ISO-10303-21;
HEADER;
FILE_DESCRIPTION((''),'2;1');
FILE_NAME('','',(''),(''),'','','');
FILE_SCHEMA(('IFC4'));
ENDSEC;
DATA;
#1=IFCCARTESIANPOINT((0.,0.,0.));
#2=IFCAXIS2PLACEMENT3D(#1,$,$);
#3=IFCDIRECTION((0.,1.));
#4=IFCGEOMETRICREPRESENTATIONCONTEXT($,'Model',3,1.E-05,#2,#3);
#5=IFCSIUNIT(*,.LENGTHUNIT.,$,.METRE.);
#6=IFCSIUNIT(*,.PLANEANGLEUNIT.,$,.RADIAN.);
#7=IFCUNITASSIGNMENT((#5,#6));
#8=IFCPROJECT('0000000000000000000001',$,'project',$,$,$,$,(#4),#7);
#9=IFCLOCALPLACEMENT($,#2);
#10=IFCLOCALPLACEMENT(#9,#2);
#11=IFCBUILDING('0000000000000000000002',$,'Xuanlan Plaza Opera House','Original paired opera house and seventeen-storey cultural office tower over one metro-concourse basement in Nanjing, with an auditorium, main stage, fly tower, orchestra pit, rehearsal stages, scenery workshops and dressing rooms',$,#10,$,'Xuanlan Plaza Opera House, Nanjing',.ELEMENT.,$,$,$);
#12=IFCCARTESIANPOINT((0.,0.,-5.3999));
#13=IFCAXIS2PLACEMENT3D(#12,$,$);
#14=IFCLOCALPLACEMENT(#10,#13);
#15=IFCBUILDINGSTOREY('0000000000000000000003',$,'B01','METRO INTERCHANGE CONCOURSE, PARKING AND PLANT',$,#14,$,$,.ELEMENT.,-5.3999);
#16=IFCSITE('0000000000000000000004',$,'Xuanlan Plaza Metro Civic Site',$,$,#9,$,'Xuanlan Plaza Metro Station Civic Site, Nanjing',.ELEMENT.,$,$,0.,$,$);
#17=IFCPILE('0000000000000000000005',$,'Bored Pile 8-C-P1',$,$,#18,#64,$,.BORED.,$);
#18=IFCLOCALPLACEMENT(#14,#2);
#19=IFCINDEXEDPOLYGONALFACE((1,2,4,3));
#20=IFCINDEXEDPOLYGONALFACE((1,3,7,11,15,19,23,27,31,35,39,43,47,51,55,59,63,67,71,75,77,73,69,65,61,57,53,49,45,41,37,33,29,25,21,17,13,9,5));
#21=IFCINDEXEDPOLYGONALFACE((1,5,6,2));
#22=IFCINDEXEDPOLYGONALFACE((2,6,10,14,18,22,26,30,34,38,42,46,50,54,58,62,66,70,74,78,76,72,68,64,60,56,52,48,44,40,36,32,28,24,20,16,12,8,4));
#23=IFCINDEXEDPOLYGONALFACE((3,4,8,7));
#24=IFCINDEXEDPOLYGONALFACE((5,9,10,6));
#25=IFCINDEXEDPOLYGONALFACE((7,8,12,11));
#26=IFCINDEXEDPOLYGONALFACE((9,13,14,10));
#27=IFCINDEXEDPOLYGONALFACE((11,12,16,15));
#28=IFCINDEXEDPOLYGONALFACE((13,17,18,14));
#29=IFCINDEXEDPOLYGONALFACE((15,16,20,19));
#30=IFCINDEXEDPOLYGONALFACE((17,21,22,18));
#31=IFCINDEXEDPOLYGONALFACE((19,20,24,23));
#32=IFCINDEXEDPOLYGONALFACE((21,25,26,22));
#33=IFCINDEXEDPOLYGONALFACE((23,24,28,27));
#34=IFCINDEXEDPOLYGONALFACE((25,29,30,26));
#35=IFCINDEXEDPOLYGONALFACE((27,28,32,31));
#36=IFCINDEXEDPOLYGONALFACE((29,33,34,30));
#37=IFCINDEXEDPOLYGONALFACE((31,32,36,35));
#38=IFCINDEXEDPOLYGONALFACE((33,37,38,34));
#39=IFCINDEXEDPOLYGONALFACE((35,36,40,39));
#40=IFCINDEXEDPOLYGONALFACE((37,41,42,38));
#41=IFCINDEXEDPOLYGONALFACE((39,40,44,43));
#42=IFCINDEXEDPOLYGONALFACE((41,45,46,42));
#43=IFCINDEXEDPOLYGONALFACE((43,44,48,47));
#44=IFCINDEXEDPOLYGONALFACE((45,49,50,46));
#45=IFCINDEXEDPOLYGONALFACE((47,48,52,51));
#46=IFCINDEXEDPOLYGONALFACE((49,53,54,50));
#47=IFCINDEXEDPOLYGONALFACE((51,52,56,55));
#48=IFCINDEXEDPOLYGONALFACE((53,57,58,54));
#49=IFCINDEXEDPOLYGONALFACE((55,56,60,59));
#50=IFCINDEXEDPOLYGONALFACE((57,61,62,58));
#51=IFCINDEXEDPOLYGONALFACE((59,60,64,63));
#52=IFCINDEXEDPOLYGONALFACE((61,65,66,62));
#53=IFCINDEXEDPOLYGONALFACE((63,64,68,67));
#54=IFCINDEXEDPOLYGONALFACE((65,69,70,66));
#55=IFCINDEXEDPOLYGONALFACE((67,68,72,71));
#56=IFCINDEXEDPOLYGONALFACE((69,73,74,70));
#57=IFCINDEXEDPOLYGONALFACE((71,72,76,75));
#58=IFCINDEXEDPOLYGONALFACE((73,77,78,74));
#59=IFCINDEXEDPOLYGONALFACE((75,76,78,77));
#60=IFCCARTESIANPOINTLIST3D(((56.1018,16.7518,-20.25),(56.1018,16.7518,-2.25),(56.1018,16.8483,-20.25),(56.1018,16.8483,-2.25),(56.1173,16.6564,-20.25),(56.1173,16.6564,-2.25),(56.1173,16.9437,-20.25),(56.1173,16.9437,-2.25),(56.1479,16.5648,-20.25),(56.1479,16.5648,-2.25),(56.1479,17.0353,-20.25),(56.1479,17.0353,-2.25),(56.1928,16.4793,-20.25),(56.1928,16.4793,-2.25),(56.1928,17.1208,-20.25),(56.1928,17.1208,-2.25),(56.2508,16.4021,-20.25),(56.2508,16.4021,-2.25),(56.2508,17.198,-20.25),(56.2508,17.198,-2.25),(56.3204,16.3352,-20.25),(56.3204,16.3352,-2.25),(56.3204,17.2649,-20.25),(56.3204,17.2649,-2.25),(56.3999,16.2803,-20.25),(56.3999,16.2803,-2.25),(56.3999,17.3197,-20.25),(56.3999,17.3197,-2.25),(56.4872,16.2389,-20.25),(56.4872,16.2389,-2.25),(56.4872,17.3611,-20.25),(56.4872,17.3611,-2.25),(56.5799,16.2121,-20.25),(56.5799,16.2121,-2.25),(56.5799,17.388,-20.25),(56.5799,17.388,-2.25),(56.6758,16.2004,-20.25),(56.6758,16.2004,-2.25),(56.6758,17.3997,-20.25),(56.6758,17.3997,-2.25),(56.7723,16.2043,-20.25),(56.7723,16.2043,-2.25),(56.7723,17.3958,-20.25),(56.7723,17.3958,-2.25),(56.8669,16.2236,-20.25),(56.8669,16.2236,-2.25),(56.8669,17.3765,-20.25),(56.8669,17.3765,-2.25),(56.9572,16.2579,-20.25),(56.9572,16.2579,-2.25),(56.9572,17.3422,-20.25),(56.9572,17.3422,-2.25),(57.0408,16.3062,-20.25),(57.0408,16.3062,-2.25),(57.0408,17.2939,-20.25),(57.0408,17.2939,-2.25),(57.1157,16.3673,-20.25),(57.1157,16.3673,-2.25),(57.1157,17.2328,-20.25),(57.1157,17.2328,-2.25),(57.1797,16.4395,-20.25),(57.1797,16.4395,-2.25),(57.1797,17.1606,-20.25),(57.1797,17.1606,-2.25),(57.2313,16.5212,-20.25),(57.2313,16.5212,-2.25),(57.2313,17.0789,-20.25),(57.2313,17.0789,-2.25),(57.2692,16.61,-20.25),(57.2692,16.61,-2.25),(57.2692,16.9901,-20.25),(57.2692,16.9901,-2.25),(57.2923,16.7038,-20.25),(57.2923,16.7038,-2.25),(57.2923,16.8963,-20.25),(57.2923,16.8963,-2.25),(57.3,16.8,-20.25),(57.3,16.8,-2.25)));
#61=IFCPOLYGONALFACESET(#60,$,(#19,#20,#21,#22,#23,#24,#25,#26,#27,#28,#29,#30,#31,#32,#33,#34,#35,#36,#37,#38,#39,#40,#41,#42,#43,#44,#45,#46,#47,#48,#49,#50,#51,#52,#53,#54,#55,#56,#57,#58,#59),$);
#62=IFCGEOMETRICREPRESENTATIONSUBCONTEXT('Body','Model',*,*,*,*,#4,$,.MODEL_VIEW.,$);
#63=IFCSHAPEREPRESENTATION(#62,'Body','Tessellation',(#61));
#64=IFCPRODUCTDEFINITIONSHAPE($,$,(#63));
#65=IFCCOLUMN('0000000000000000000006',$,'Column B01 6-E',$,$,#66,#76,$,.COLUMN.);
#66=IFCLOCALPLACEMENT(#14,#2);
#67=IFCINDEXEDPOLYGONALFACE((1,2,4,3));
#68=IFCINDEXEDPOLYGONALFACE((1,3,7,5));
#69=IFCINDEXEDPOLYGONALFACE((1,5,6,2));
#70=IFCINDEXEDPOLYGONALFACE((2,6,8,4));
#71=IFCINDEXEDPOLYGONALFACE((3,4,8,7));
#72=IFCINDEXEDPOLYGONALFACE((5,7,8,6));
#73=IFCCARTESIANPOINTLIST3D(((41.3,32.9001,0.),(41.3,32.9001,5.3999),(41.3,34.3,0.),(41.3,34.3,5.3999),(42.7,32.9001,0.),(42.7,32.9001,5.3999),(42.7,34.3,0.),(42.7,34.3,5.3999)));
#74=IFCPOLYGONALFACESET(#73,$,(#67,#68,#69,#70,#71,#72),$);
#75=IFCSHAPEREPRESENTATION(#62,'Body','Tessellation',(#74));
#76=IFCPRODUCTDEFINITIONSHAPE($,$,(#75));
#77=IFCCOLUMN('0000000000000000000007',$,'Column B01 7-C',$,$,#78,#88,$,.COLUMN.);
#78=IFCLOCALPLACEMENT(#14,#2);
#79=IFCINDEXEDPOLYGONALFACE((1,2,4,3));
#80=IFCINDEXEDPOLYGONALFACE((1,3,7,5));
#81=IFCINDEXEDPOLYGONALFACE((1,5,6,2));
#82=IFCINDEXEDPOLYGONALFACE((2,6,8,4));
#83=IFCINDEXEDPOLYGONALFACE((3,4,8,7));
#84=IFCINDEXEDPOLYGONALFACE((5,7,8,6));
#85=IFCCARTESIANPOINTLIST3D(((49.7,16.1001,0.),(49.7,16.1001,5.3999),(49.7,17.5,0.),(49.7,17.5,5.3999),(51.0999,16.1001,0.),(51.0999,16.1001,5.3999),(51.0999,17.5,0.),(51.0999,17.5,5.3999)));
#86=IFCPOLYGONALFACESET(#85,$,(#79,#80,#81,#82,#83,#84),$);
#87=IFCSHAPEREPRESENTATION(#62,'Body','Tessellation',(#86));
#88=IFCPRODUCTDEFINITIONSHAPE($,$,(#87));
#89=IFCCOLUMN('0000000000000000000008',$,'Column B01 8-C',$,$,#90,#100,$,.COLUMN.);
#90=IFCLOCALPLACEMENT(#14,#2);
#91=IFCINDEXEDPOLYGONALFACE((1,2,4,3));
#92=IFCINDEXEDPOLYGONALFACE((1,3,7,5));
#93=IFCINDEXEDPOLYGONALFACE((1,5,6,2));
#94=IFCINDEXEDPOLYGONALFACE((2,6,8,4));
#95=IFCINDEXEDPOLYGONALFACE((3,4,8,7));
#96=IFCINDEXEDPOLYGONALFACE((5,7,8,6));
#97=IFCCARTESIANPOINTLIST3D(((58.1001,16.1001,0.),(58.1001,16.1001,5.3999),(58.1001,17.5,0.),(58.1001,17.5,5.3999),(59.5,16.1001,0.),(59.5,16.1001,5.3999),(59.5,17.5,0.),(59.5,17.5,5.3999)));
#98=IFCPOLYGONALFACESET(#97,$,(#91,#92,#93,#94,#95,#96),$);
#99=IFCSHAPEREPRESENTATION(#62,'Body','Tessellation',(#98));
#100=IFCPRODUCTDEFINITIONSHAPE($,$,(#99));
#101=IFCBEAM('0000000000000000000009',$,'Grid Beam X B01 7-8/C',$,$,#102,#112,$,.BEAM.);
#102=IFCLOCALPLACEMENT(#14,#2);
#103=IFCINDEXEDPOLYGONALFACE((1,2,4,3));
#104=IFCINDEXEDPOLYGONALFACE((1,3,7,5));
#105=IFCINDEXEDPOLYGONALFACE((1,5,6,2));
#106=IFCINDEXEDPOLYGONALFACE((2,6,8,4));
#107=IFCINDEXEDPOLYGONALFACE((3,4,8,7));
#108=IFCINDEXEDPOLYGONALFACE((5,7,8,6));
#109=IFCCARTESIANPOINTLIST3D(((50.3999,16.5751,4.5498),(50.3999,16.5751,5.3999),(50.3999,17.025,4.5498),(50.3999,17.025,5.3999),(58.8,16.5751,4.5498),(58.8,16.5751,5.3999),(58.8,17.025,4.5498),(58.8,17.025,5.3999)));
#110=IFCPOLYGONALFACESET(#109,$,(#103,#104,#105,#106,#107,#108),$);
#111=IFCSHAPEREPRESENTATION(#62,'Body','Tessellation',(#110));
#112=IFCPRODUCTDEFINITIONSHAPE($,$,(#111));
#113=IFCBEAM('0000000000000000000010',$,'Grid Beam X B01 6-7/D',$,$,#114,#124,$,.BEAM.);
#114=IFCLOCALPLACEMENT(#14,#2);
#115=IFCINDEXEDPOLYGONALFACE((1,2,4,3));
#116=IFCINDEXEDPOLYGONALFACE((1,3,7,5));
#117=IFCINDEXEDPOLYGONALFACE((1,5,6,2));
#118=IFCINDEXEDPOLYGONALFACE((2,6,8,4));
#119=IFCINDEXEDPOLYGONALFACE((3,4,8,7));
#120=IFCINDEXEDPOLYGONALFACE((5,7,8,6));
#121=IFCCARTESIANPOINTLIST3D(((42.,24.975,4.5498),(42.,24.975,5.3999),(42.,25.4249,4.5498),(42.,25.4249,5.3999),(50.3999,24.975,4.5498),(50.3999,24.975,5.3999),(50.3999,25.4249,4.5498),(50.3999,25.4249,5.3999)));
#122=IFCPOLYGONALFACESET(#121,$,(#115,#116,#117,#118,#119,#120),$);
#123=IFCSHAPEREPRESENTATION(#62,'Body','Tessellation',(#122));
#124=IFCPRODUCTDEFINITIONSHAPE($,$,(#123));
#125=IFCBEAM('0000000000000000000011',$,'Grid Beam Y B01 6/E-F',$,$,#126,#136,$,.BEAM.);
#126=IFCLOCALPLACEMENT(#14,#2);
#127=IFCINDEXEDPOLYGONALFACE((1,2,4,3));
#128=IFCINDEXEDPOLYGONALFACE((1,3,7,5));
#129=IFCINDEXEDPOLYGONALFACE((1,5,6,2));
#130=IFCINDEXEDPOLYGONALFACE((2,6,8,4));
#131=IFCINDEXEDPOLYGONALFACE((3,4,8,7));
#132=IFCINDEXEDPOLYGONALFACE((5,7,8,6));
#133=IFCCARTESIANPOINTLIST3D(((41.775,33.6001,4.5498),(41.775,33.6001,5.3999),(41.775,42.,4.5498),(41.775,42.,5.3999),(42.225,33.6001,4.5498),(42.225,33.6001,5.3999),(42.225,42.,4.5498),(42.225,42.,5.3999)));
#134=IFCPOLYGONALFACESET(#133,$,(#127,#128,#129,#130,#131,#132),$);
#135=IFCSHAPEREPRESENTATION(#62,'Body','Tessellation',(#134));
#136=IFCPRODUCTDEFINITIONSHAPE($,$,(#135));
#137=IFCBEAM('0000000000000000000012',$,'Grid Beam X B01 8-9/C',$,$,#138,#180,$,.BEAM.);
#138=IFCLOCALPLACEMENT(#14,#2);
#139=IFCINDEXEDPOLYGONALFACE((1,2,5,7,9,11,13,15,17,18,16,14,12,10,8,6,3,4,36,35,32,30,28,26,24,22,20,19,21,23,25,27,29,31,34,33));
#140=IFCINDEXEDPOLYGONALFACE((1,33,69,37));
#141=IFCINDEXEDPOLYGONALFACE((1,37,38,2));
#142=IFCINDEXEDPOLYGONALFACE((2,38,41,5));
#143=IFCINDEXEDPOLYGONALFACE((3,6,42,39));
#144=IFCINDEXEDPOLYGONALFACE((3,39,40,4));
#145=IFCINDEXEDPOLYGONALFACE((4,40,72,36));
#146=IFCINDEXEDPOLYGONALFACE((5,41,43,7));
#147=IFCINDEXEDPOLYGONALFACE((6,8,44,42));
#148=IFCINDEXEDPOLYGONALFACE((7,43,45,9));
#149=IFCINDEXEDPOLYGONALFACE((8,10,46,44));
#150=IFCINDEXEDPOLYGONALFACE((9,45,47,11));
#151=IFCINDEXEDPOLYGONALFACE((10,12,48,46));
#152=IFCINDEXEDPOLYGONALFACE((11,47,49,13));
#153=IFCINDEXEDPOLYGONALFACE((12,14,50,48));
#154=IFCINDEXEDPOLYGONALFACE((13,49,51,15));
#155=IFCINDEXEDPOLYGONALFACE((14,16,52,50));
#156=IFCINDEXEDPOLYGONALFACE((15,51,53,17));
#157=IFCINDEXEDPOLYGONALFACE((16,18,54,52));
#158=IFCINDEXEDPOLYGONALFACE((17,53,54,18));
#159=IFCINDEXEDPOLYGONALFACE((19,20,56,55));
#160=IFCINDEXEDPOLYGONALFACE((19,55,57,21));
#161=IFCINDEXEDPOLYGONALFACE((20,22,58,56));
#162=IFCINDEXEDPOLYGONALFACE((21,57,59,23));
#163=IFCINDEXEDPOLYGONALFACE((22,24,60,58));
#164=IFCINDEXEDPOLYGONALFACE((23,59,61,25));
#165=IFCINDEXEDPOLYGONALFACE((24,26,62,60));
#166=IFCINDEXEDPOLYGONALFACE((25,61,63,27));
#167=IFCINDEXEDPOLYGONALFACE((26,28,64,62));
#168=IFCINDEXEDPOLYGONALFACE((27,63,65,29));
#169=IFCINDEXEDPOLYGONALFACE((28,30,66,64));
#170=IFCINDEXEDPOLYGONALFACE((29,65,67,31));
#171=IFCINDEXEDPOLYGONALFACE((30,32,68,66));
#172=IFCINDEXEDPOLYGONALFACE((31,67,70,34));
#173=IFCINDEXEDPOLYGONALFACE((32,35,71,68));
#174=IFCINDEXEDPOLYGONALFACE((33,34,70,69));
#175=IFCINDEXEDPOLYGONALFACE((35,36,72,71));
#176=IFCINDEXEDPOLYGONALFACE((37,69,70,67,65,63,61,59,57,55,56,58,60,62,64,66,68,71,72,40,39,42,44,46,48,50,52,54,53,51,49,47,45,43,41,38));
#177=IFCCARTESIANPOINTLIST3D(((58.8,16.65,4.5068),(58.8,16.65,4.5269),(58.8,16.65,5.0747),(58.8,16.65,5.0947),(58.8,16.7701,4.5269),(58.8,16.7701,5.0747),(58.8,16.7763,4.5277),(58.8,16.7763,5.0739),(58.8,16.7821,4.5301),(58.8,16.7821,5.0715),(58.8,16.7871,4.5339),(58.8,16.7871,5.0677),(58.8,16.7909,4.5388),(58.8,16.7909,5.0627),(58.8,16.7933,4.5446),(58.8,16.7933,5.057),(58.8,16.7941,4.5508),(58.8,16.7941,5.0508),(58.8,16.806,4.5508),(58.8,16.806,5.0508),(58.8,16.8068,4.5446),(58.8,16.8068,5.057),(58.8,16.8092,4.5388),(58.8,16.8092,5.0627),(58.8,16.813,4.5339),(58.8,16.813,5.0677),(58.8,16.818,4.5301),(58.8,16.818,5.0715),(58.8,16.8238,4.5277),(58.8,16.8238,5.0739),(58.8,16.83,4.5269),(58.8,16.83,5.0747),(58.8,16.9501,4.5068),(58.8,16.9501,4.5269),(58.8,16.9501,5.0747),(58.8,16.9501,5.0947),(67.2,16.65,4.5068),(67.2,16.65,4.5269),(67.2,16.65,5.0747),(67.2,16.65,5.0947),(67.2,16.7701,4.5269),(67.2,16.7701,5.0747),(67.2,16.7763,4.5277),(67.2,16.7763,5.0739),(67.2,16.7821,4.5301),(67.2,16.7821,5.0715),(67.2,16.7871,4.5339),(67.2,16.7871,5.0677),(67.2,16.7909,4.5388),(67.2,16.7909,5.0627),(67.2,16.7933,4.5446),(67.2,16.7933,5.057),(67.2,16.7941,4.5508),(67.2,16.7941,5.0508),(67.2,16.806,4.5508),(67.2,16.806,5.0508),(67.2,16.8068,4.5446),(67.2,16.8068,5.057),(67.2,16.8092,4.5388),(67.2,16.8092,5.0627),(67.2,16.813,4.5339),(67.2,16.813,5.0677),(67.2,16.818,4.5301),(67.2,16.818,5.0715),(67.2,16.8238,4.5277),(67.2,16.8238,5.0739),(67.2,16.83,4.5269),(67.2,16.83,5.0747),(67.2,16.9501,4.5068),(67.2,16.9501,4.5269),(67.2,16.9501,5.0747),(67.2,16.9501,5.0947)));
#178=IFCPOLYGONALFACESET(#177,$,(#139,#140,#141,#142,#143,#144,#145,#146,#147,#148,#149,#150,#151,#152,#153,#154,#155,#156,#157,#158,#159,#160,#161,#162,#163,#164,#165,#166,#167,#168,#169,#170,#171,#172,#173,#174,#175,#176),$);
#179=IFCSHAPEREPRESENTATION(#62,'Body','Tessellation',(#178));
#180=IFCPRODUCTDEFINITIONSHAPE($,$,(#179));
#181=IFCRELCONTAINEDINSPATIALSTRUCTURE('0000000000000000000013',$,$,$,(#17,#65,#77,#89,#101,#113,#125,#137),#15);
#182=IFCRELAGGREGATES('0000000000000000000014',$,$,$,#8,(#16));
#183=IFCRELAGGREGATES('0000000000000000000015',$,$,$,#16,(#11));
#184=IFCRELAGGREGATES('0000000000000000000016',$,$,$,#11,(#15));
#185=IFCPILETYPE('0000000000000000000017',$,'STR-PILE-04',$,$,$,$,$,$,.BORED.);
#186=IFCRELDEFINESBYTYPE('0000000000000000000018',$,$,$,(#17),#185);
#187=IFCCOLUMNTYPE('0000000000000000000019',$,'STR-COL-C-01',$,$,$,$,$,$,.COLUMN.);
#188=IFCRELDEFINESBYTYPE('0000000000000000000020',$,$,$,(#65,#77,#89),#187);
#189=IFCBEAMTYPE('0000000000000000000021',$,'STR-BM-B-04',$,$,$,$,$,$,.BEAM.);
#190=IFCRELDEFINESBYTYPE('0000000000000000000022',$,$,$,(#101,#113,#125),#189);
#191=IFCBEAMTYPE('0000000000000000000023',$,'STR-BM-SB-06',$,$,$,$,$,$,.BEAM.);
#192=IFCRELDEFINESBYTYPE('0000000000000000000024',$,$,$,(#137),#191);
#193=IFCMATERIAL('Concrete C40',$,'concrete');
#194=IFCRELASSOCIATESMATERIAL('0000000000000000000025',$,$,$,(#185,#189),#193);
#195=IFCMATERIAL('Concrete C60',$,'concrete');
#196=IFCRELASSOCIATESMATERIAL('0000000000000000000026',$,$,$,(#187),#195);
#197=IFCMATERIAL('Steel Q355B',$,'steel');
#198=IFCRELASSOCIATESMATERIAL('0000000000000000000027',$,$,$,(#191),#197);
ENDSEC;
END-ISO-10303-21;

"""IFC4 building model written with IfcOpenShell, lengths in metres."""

from ifc_helpers import new_model, si_unit, direction, frame, origin, origin_2d, place, context, subcontext, project, spatial, rectangle, circle, i_section, extrude, material, material_profile, profile_set, type_object, element, save


model = new_model("IFC4")

# Units and contexts
model_context = context("Model", 3, precision=1e-05, world=origin(), true_north=direction((0.0, 1.0)))
body_context = subcontext(model_context, "Body", "Model", "MODEL_VIEW")
ifc_project = project(units=[si_unit("LENGTHUNIT", "METRE"), si_unit("PLANEANGLEUNIT", "RADIAN")], contexts=[model_context])

# Site, building, storey
site_placement = place(None, origin())
site = spatial("IfcSite", under=ifc_project, at=site_placement, Name="Xuanlan Plaza Metro Civic Site", LongName="Xuanlan Plaza Metro Station Civic Site, Nanjing", CompositionType="ELEMENT", RefElevation=0.0)
building_placement = place(site_placement, origin())
building = spatial("IfcBuilding", under=site, at=building_placement, Name="Xuanlan Plaza Opera House", Description="Original paired opera house and seventeen-storey cultural office tower over one metro-concourse basement in Nanjing, with an auditorium, main stage, fly tower, orchestra pit, rehearsal stages, scenery workshops and dressing rooms", LongName="Xuanlan Plaza Opera House, Nanjing", CompositionType="ELEMENT")
storey_placement = place(building_placement, frame((0.0, 0.0, -5.3999)))
storey = spatial("IfcBuildingStorey", under=building, at=storey_placement, Name="B01", Description="METRO INTERCHANGE CONCOURSE, PARKING AND PLANT", CompositionType="ELEMENT", Elevation=-5.3999)

# Pile
ifc_material_1 = material(Name="Concrete C40", Category="concrete")
ifc_material_profile_1 = material_profile(ifc_material_1, circle(Radius=0.6001, at=origin_2d()), Name="PILE D1200")
ifc_profile_set_1 = profile_set([ifc_material_profile_1], Name="Concrete C40")
pile_type = type_object("IfcPileType", Name="STR-PILE-04", PredefinedType="BORED", material=ifc_profile_set_1)
for number, where, z_axis, x_axis, name in (
    (1, (56.7, 16.8, -2.25), (0.0, 0.0, -1.0), (1.0, 0.0, 0.0), "Bored Pile 8-C-P1"),
):
    element("IfcPile", number, at=place(storey_placement, frame(where, z_axis=z_axis, x_axis=x_axis)), inside=storey, type_object=pile_type, Name=name, PredefinedType="BORED", context=body_context, shape_type="SweptSolid", body=[
        extrude(circle(Radius=0.6001, at=origin_2d()), origin(), (0.0, 0.0, 1.0), 18.0),
    ])

# Columns
ifc_material_2 = material(Name="Concrete C60", Category="concrete")
ifc_material_profile_2 = material_profile(ifc_material_2, rectangle(XDim=1.3999, YDim=1.3999, at=origin_2d()), Name="RC-COL 1400x1400")
ifc_profile_set_2 = profile_set([ifc_material_profile_2], Name="Concrete C60")
column_type = type_object("IfcColumnType", Name="STR-COL-C-01", PredefinedType="COLUMN", material=ifc_profile_set_2)
for number, where, z_axis, x_axis, name in (
    (2, (42.0, 33.6001, 0.0), (0.0, 0.0, 1.0), (1.0, 0.0, 0.0), "Column B01 6-E"),
    (3, (50.3999, 16.8, 0.0), (0.0, 0.0, 1.0), (1.0, 0.0, 0.0), "Column B01 7-C"),
    (4, (58.8, 16.8, 0.0), (0.0, 0.0, 1.0), (1.0, 0.0, 0.0), "Column B01 8-C"),
):
    element("IfcColumn", number, at=place(storey_placement, frame(where, z_axis=z_axis, x_axis=x_axis)), inside=storey, type_object=column_type, Name=name, PredefinedType="COLUMN", context=body_context, shape_type="SweptSolid", body=[
        extrude(rectangle(XDim=1.3999, YDim=1.3999, at=origin_2d()), origin(), (0.0, 0.0, 1.0), 5.3999),
    ])

# Beams
ifc_material_profile_3 = material_profile(ifc_material_1, rectangle(XDim=0.45, YDim=0.8501, at=origin_2d()), Name="RC-BM 450x850")
ifc_profile_set_3 = profile_set([ifc_material_profile_3], Name="Concrete C40")
beam_type_1 = type_object("IfcBeamType", Name="STR-BM-B-04", PredefinedType="BEAM", material=ifc_profile_set_3)
beam_1_placement = place(storey_placement, frame((50.3999, 16.8, 4.9749), z_axis=(1.0, 0.0, 0.0), x_axis=(0.0, 1.0, 0.0)))
element("IfcBeam", 5, at=beam_1_placement, inside=storey, type_object=beam_type_1, Name="Grid Beam X B01 7-8/C", PredefinedType="BEAM", context=body_context, shape_type="SweptSolid", body=[
    extrude(rectangle(XDim=0.45, YDim=0.8501, at=origin_2d()), origin(), (0.0, 0.0, 1.0), 8.4001),
])
for number, where, z_axis, x_axis, name in (
    (6, (42.0, 25.2, 4.9749), (1.0, 0.0, 0.0), (0.0, 1.0, 0.0), "Grid Beam X B01 6-7/D"),
    (7, (42.0, 33.6001, 4.9749), (0.0, 1.0, 0.0), (-1.0, 0.0, 0.0), "Grid Beam Y B01 6/E-F"),
):
    element("IfcBeam", number, at=place(storey_placement, frame(where, z_axis=z_axis, x_axis=x_axis)), inside=storey, type_object=beam_type_1, Name=name, PredefinedType="BEAM", context=body_context, shape_type="SweptSolid", body=[
        extrude(rectangle(XDim=0.45, YDim=0.8501, at=origin_2d()), origin(), (0.0, 0.0, 1.0), 8.3999),
    ])
ifc_material_3 = material(Name="Steel Q355B", Category="steel")
ifc_material_profile_4 = material_profile(ifc_material_3, i_section(OverallWidth=0.3, OverallDepth=0.5879, WebThickness=0.012, FlangeThickness=0.02, FilletRadius=0.0239, at=origin_2d()), Name="HM 588x300x12x20")
ifc_profile_set_4 = profile_set([ifc_material_profile_4], Name="Steel Q355B")
beam_type_2 = type_object("IfcBeamType", Name="STR-BM-SB-06", PredefinedType="BEAM", material=ifc_profile_set_4)
beam_2_placement = place(storey_placement, frame((58.8, 16.8, 4.8008), z_axis=(1.0, 0.0, 0.0), x_axis=(0.0, 1.0, 0.0)))
element("IfcBeam", 8, at=beam_2_placement, inside=storey, type_object=beam_type_2, Name="Grid Beam X B01 8-9/C", PredefinedType="BEAM", context=body_context, shape_type="SweptSolid", body=[
    extrude(i_section(OverallWidth=0.3, OverallDepth=0.5879, WebThickness=0.012, FlangeThickness=0.02, FilletRadius=0.0239, at=origin_2d()), origin(), (0.0, 0.0, 1.0), 8.3999),
])

save(model, "model.ifc")
